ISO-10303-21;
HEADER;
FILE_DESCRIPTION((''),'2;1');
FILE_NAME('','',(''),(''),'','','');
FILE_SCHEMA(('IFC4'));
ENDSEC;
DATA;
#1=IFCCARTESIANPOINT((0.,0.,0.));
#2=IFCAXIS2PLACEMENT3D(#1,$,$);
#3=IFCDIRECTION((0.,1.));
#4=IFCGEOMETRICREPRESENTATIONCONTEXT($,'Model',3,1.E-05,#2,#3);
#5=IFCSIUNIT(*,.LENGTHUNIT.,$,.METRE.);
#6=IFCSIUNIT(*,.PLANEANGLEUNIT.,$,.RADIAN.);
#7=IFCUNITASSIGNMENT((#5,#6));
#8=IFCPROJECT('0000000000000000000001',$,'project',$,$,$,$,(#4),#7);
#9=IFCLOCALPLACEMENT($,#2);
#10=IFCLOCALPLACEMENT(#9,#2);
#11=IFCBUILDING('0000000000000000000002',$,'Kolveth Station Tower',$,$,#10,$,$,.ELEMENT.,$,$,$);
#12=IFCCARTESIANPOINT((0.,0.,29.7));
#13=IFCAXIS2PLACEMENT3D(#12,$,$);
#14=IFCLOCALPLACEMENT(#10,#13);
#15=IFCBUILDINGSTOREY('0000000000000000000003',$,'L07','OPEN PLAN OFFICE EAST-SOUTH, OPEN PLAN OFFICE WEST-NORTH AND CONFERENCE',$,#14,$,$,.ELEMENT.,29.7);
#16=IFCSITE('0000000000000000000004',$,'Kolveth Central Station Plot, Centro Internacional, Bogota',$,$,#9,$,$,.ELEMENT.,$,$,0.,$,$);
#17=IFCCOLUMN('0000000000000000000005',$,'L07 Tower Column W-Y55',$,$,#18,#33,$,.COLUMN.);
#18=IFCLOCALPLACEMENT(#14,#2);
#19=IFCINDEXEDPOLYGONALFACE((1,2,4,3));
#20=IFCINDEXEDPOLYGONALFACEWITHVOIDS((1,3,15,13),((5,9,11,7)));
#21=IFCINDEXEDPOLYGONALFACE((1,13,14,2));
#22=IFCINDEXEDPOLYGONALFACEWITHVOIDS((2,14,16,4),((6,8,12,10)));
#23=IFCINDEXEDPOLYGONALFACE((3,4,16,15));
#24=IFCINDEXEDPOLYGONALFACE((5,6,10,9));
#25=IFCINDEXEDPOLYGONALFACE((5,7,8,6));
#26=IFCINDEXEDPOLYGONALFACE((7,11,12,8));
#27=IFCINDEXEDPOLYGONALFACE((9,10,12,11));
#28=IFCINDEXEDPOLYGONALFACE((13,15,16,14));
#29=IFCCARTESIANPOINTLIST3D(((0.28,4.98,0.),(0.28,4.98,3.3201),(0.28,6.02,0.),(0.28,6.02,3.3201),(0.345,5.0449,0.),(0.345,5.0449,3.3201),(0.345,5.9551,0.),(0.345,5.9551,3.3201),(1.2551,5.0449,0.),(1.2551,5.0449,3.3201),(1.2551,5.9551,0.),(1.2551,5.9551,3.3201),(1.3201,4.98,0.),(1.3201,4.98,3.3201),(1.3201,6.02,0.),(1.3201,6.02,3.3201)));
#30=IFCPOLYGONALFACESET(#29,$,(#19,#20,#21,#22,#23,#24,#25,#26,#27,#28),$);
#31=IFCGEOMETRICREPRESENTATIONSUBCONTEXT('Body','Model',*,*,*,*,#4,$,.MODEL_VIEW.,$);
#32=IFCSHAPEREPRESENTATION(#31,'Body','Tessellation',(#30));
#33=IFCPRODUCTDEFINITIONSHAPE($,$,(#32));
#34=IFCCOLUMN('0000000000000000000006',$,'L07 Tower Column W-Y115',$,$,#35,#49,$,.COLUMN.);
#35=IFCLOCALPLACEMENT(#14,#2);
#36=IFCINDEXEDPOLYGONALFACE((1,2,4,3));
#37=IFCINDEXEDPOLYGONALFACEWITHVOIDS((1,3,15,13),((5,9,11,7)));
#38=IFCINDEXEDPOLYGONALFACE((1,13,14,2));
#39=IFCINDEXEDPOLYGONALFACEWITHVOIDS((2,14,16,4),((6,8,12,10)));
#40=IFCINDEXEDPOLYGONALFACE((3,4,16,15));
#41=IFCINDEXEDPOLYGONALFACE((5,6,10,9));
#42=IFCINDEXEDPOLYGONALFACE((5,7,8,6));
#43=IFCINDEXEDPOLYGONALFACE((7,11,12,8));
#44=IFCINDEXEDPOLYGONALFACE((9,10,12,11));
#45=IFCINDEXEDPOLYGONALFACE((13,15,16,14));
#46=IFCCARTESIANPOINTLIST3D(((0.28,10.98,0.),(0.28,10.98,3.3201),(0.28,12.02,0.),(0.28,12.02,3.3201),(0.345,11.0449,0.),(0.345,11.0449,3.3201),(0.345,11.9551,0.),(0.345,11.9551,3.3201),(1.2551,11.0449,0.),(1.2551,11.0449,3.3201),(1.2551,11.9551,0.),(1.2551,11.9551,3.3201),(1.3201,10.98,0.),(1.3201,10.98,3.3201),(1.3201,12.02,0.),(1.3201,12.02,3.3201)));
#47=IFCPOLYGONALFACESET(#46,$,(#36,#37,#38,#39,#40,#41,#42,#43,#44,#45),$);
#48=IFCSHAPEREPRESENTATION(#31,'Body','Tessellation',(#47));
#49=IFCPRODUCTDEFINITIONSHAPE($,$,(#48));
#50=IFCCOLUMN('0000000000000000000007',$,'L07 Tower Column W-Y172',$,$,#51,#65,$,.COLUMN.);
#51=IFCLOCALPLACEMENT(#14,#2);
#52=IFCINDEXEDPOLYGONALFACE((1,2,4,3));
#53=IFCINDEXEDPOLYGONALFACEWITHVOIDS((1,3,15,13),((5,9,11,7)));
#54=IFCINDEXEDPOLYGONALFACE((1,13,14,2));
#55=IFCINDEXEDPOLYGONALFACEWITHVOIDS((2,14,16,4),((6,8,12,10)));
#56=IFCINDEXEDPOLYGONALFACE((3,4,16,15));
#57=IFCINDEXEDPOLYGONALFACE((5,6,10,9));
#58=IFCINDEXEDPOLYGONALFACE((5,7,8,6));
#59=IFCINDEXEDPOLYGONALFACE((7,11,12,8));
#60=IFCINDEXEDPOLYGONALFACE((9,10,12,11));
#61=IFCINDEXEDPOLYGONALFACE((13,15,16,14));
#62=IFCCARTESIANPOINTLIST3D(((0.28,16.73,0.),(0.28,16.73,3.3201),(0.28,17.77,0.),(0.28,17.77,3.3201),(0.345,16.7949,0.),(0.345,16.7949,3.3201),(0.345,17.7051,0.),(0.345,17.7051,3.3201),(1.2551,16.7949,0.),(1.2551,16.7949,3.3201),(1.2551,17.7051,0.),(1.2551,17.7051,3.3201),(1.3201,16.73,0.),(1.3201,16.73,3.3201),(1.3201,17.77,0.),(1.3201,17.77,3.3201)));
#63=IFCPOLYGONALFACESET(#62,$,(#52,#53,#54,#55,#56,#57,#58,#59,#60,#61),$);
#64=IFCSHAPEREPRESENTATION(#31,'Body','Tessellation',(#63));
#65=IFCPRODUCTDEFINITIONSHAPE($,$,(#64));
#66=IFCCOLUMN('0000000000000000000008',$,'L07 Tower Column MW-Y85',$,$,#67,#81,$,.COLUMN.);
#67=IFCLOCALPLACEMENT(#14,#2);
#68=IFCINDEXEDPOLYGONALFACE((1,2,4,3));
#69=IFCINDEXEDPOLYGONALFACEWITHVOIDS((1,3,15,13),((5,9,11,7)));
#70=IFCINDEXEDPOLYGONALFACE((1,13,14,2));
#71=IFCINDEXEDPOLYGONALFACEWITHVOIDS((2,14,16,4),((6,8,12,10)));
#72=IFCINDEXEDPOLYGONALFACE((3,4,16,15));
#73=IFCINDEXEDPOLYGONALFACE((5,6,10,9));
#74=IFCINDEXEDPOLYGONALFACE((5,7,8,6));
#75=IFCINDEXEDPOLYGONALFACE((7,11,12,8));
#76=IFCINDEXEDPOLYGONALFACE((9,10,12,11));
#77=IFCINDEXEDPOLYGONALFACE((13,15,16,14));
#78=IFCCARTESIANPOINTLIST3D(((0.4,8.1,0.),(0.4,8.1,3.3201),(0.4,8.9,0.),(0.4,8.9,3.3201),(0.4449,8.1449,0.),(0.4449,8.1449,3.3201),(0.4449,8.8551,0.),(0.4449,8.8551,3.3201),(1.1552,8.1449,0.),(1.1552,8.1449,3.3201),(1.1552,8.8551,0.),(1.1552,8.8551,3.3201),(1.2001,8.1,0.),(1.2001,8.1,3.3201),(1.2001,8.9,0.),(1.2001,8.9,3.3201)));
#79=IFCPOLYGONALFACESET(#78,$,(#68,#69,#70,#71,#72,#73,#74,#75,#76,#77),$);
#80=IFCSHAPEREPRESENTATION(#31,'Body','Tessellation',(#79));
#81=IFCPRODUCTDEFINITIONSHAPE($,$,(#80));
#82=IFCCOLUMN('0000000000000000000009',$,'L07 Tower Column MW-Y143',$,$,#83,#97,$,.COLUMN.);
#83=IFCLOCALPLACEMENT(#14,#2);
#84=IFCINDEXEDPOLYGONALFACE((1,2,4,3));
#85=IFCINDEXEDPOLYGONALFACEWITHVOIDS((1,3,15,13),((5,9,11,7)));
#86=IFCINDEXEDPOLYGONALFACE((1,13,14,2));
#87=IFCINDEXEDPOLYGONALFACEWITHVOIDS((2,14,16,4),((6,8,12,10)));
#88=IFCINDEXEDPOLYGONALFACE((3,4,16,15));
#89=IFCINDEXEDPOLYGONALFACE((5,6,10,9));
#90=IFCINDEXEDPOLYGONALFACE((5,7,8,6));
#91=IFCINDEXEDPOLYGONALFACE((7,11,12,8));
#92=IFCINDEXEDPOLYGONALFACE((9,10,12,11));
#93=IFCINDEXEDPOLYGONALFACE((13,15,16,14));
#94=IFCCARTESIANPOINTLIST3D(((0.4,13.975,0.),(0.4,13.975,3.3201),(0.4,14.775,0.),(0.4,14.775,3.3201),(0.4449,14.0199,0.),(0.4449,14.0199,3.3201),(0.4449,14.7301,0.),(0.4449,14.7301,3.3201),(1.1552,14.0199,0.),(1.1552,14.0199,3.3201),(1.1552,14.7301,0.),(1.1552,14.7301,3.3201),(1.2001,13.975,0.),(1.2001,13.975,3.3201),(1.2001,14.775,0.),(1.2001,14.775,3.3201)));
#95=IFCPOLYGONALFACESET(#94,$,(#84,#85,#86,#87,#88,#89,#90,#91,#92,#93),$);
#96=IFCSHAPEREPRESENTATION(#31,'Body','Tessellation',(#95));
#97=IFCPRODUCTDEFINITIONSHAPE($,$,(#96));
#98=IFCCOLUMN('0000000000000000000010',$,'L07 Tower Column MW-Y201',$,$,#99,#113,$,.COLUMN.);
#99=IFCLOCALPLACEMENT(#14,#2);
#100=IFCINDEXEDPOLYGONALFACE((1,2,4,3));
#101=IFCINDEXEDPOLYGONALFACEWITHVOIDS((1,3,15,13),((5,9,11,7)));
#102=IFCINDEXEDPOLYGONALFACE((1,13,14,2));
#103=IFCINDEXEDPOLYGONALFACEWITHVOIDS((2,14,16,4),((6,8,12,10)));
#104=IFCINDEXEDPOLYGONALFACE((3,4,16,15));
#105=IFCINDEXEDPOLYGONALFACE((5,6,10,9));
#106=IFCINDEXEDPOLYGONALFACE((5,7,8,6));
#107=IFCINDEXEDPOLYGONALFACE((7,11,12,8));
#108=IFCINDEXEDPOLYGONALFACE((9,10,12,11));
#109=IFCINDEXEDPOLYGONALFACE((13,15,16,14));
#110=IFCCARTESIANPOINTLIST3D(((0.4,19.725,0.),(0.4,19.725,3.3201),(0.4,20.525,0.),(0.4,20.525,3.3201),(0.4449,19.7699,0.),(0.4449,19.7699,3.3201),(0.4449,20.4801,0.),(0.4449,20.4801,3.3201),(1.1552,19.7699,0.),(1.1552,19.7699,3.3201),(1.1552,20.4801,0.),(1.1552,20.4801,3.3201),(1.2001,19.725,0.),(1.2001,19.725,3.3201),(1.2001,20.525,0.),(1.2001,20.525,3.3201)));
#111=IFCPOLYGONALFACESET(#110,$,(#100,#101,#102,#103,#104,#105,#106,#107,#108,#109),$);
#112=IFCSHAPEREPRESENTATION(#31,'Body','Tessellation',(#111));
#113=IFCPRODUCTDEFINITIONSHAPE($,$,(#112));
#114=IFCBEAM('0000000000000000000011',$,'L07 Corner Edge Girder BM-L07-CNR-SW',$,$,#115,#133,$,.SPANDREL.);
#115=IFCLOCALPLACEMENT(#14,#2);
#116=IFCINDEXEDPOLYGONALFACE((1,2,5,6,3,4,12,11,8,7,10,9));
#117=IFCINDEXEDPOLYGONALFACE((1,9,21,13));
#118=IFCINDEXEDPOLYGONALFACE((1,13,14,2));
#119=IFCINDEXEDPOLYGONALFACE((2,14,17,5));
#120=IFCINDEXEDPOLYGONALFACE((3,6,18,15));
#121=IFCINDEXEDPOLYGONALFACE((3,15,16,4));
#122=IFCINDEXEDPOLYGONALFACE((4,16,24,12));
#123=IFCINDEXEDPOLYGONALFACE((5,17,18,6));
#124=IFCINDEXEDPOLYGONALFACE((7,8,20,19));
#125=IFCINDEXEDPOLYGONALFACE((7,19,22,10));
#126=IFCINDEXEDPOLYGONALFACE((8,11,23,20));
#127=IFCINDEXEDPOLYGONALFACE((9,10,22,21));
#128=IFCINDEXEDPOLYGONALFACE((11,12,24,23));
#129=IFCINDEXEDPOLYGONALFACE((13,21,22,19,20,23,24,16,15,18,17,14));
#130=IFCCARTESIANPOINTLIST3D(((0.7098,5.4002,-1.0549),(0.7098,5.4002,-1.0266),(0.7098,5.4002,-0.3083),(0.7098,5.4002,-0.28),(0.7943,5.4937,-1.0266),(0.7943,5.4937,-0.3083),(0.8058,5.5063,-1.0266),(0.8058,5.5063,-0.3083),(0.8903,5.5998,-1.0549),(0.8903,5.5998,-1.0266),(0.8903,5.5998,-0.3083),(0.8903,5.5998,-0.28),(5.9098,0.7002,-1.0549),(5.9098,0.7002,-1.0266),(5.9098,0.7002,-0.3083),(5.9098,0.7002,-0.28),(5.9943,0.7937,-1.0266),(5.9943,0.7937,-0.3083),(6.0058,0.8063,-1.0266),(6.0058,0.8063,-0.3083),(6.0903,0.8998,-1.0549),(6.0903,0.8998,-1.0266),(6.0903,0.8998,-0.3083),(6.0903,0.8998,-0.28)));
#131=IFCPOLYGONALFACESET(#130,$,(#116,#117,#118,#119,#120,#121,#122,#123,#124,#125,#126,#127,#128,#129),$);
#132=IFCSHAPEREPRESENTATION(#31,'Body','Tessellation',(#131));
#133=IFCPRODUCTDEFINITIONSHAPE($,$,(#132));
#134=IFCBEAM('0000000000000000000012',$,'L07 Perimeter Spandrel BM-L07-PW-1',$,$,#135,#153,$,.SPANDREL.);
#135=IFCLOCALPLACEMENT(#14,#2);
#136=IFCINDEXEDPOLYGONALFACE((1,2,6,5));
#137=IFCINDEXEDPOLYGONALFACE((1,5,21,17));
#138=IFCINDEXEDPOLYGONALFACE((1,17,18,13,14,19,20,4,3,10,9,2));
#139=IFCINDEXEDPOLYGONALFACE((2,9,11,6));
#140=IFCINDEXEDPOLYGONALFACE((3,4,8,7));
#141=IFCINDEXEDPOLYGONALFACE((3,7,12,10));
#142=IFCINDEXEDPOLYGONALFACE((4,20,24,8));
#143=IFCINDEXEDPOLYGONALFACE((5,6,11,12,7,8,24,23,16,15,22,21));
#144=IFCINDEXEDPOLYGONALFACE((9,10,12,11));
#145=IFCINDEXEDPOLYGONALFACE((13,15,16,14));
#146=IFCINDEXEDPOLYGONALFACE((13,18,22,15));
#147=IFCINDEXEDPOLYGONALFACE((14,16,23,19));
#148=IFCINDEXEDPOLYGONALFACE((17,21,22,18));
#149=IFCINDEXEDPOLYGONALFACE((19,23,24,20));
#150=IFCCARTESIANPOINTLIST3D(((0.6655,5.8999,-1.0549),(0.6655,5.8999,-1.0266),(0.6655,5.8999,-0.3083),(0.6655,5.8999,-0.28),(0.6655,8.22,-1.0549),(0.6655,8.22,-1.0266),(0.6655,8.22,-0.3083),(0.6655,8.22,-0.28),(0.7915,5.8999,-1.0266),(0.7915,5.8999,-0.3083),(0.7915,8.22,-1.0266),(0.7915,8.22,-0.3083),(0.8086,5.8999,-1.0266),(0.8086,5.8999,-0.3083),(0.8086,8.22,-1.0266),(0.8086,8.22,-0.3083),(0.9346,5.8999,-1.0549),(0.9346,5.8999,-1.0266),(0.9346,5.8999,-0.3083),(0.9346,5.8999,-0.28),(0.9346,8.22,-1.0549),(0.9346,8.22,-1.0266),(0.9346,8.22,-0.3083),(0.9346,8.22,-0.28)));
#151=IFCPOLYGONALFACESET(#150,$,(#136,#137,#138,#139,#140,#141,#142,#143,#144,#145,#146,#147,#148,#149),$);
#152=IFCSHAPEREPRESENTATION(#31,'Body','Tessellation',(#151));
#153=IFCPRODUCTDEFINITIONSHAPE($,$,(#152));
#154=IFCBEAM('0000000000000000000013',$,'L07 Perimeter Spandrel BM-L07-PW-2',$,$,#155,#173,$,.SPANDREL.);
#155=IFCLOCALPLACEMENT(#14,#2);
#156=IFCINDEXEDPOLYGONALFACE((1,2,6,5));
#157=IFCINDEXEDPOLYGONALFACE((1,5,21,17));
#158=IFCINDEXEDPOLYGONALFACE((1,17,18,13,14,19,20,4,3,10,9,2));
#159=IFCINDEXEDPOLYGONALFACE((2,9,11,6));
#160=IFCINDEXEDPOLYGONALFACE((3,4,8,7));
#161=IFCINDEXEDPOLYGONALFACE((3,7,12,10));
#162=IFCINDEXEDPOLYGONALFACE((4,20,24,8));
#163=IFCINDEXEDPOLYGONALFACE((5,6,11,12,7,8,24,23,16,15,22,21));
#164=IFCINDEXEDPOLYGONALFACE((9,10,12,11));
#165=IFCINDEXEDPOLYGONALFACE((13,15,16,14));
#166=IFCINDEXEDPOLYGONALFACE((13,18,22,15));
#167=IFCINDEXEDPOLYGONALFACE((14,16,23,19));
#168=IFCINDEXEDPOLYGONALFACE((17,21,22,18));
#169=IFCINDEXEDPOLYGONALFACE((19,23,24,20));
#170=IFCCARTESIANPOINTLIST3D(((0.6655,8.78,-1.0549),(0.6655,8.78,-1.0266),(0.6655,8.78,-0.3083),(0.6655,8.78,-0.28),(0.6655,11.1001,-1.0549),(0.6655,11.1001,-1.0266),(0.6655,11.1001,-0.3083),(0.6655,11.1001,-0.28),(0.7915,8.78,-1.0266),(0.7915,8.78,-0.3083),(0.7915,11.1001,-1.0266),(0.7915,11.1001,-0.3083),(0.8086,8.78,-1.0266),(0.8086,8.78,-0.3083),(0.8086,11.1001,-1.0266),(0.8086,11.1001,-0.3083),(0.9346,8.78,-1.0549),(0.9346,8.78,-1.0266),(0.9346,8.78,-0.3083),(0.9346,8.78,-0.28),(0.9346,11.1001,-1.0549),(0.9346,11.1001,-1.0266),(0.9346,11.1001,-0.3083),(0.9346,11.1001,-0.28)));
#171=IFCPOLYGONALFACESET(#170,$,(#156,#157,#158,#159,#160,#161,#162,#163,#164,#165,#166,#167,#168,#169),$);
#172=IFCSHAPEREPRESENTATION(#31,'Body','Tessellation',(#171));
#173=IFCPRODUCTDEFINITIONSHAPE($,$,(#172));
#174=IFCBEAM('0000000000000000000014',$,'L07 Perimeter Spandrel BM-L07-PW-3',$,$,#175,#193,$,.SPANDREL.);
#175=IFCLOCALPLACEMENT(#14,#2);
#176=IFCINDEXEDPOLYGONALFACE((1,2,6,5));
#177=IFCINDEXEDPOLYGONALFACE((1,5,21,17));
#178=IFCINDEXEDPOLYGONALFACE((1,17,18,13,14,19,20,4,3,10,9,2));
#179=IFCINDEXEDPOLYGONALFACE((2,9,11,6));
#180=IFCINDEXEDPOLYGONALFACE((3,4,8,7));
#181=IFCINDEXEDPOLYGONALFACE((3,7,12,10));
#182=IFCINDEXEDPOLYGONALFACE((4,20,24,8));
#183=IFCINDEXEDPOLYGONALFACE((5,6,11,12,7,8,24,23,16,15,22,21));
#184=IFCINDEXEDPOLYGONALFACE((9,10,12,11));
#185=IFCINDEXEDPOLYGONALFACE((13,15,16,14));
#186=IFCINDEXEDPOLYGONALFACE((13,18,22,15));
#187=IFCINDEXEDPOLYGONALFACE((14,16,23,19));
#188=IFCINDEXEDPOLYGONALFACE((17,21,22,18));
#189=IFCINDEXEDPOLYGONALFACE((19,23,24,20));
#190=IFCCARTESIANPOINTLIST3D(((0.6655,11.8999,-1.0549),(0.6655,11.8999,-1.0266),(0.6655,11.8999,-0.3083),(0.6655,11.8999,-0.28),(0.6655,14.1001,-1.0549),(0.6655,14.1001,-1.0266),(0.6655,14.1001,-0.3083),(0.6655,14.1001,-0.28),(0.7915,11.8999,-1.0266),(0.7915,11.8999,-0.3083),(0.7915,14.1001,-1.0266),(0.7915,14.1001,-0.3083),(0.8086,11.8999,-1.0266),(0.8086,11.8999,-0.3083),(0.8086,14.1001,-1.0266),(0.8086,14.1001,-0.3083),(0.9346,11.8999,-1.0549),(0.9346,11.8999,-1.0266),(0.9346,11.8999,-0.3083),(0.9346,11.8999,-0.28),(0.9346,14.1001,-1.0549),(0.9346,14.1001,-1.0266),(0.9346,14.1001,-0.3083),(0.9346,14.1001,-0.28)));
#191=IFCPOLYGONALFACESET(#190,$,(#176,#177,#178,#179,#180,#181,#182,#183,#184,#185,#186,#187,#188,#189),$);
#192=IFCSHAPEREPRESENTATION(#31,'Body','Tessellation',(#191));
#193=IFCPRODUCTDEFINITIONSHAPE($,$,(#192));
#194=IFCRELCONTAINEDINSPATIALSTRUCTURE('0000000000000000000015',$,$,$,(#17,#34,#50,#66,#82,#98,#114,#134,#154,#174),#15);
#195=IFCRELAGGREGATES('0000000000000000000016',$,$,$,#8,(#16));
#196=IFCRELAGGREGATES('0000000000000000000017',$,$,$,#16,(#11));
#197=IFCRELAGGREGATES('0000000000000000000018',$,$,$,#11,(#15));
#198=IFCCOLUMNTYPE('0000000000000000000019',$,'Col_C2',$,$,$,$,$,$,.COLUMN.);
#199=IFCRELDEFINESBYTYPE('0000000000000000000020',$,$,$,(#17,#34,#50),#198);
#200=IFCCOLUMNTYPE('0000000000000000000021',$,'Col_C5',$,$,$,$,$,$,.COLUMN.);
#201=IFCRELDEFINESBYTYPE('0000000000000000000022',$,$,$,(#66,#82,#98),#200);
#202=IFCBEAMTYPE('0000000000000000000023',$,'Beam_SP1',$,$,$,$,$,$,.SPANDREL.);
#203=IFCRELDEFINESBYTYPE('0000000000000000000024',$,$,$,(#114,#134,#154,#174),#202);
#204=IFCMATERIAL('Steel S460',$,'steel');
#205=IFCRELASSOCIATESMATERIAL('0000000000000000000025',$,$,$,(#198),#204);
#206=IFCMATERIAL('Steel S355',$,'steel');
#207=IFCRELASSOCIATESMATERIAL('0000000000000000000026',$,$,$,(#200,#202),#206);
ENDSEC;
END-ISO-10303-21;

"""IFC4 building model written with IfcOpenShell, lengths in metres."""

from ifc_helpers import new_model, si_unit, direction, frame, origin, origin_2d, place, context, subcontext, project, spatial, hollow_rectangle, i_section, extrude, source, transform, mapped, material, material_profile, profile_set, type_object, element, save


model = new_model("IFC4")

# Units and contexts
model_context = context("Model", 3, precision=1e-05, world=origin(), true_north=direction((0.0, 1.0)))
body_context = subcontext(model_context, "Body", "Model", "MODEL_VIEW")
ifc_project = project(units=[si_unit("LENGTHUNIT", "METRE"), si_unit("PLANEANGLEUNIT", "RADIAN")], contexts=[model_context])

# Site, building, storey
site_placement = place(None, origin())
site = spatial("IfcSite", under=ifc_project, at=site_placement, Name="Kolveth Central Station Plot, Centro Internacional, Bogota", CompositionType="ELEMENT", RefElevation=0.0)
building_placement = place(site_placement, origin())
building = spatial("IfcBuilding", under=site, at=building_placement, Name="Kolveth Station Tower", CompositionType="ELEMENT")
storey_placement = place(building_placement, frame((0.0, 0.0, 29.7)))
storey = spatial("IfcBuildingStorey", under=building, at=storey_placement, Name="L07", Description="OPEN PLAN OFFICE EAST-SOUTH, OPEN PLAN OFFICE WEST-NORTH AND CONFERENCE", CompositionType="ELEMENT", Elevation=29.7)

# Columns
ifc_material_1 = material(Name="Steel S460", Category="steel")
ifc_material_profile_1 = material_profile(ifc_material_1, hollow_rectangle(XDim=1.04, YDim=1.04, WallThickness=0.0649, at=origin_2d()), Name="BOX1040x1040x65")
ifc_profile_set_1 = profile_set([ifc_material_profile_1], Name="Steel S460")
column_type_1 = type_object("IfcColumnType", Name="Col_C2", PredefinedType="COLUMN", material=ifc_profile_set_1)
shared_shape_1 = source(origin(), body_context, "Body", "SweptSolid", [
    extrude(hollow_rectangle(XDim=1.04, YDim=1.04, WallThickness=0.0649, at=origin_2d()), origin(), (0.0, 0.0, 1.0), 3.3201),
])
for number, where, z_axis, x_axis, name in (
    (1, (0.8, 5.5, 0.0), (0.0, 0.0, 1.0), (1.0, 0.0, 0.0), "L07 Tower Column W-Y55"),
    (2, (0.8, 11.5, 0.0), (0.0, 0.0, 1.0), (1.0, 0.0, 0.0), "L07 Tower Column W-Y115"),
    (3, (0.8, 17.25, 0.0), (0.0, 0.0, 1.0), (1.0, 0.0, 0.0), "L07 Tower Column W-Y172"),
):
    element("IfcColumn", number, at=place(storey_placement, frame(where, z_axis=z_axis, x_axis=x_axis)), inside=storey, type_object=column_type_1, Name=name, PredefinedType="COLUMN", context=body_context, shape_type="MappedRepresentation", body=[
        mapped(shared_shape_1, transform((0.0, 0.0, 0.0), x_axis=(1.0, 0.0, 0.0), y_axis=(0.0, 1.0, 0.0), z_axis=(0.0, 0.0, 1.0), scale=1.0)),
    ])
ifc_material_2 = material(Name="Steel S355", Category="steel")
ifc_material_profile_2 = material_profile(ifc_material_2, hollow_rectangle(XDim=0.8, YDim=0.8, WallThickness=0.0449, at=origin_2d()), Name="BOX800x800x45")
ifc_profile_set_2 = profile_set([ifc_material_profile_2], Name="Steel S355")
column_type_2 = type_object("IfcColumnType", Name="Col_C5", PredefinedType="COLUMN", material=ifc_profile_set_2)
shared_shape_2 = source(origin(), body_context, "Body", "SweptSolid", [
    extrude(hollow_rectangle(XDim=0.8, YDim=0.8, WallThickness=0.0449, at=origin_2d()), origin(), (0.0, 0.0, 1.0), 3.3201),
])
for number, where, z_axis, x_axis, name in (
    (4, (0.8, 8.5, 0.0), (0.0, 0.0, 1.0), (1.0, 0.0, 0.0), "L07 Tower Column MW-Y85"),
    (5, (0.8, 14.375, 0.0), (0.0, 0.0, 1.0), (1.0, 0.0, 0.0), "L07 Tower Column MW-Y143"),
    (6, (0.8, 20.125, 0.0), (0.0, 0.0, 1.0), (1.0, 0.0, 0.0), "L07 Tower Column MW-Y201"),
):
    element("IfcColumn", number, at=place(storey_placement, frame(where, z_axis=z_axis, x_axis=x_axis)), inside=storey, type_object=column_type_2, Name=name, PredefinedType="COLUMN", context=body_context, shape_type="MappedRepresentation", body=[
        mapped(shared_shape_2, transform((0.0, 0.0, 0.0), x_axis=(1.0, 0.0, 0.0), y_axis=(0.0, 1.0, 0.0), z_axis=(0.0, 0.0, 1.0), scale=1.0)),
    ])

# Beams
ifc_material_profile_3 = material_profile(ifc_material_2, i_section(OverallWidth=0.269, OverallDepth=0.7749, WebThickness=0.0171, FlangeThickness=0.0283, at=origin_2d()), Name="W760x220")
ifc_profile_set_3 = profile_set([ifc_material_profile_3], Name="Steel S355")
beam_type_1 = type_object("IfcBeamType", Name="Beam_SP1", PredefinedType="SPANDREL", material=ifc_profile_set_3)
shared_shape_3 = source(origin(), body_context, "Body", "SweptSolid", [
    extrude(i_section(OverallWidth=0.269, OverallDepth=0.7749, WebThickness=0.0171, FlangeThickness=0.0283, at=origin_2d()), origin(), (0.0, 0.0, 1.0), 7.0093),
])
beam_1_placement = place(storey_placement, frame((0.8, 5.5, -0.6675), z_axis=(0.741874, -0.670539, 0.0), x_axis=(0.670539, 0.741874, 0.0)))
element("IfcBeam", 7, at=beam_1_placement, inside=storey, type_object=beam_type_1, Name="L07 Corner Edge Girder BM-L07-CNR-SW", PredefinedType="SPANDREL", context=body_context, shape_type="MappedRepresentation", body=[
    mapped(shared_shape_3, transform((0.0, 0.0, 0.0), x_axis=(1.0, 0.0, 0.0), y_axis=(0.0, 1.0, 0.0), z_axis=(0.0, 0.0, 1.0), scale=1.0)),
])
shared_shape_4 = source(origin(), body_context, "Body", "SweptSolid", [
    extrude(i_section(OverallWidth=0.269, OverallDepth=0.7749, WebThickness=0.0171, FlangeThickness=0.0283, at=origin_2d()), origin(), (0.0, 0.0, 1.0), 2.3201),
])
for number, where, z_axis, x_axis, name in (
    (8, (0.8, 5.8999, -0.6675), (0.0, 1.0, 0.0), (-1.0, 0.0, 0.0), "L07 Perimeter Spandrel BM-L07-PW-1"),
    (9, (0.8, 8.78, -0.6675), (0.0, 1.0, 0.0), (-1.0, 0.0, 0.0), "L07 Perimeter Spandrel BM-L07-PW-2"),
):
    element("IfcBeam", number, at=place(storey_placement, frame(where, z_axis=z_axis, x_axis=x_axis)), inside=storey, type_object=beam_type_1, Name=name, PredefinedType="SPANDREL", context=body_context, shape_type="MappedRepresentation", body=[
        mapped(shared_shape_4, transform((0.0, 0.0, 0.0), x_axis=(1.0, 0.0, 0.0), y_axis=(0.0, 1.0, 0.0), z_axis=(0.0, 0.0, 1.0), scale=1.0)),
    ])
shared_shape_5 = source(origin(), body_context, "Body", "SweptSolid", [
    extrude(i_section(OverallWidth=0.269, OverallDepth=0.7749, WebThickness=0.0171, FlangeThickness=0.0283, at=origin_2d()), origin(), (0.0, 0.0, 1.0), 2.2002),
])
beam_2_placement = place(storey_placement, frame((0.8, 11.8999, -0.6675), z_axis=(0.0, 1.0, 0.0), x_axis=(-1.0, 0.0, 0.0)))
element("IfcBeam", 10, at=beam_2_placement, inside=storey, type_object=beam_type_1, Name="L07 Perimeter Spandrel BM-L07-PW-3", PredefinedType="SPANDREL", context=body_context, shape_type="MappedRepresentation", body=[
    mapped(shared_shape_5, transform((0.0, 0.0, 0.0), x_axis=(1.0, 0.0, 0.0), y_axis=(0.0, 1.0, 0.0), z_axis=(0.0, 0.0, 1.0), scale=1.0)),
])

save(model, "model.ifc")
